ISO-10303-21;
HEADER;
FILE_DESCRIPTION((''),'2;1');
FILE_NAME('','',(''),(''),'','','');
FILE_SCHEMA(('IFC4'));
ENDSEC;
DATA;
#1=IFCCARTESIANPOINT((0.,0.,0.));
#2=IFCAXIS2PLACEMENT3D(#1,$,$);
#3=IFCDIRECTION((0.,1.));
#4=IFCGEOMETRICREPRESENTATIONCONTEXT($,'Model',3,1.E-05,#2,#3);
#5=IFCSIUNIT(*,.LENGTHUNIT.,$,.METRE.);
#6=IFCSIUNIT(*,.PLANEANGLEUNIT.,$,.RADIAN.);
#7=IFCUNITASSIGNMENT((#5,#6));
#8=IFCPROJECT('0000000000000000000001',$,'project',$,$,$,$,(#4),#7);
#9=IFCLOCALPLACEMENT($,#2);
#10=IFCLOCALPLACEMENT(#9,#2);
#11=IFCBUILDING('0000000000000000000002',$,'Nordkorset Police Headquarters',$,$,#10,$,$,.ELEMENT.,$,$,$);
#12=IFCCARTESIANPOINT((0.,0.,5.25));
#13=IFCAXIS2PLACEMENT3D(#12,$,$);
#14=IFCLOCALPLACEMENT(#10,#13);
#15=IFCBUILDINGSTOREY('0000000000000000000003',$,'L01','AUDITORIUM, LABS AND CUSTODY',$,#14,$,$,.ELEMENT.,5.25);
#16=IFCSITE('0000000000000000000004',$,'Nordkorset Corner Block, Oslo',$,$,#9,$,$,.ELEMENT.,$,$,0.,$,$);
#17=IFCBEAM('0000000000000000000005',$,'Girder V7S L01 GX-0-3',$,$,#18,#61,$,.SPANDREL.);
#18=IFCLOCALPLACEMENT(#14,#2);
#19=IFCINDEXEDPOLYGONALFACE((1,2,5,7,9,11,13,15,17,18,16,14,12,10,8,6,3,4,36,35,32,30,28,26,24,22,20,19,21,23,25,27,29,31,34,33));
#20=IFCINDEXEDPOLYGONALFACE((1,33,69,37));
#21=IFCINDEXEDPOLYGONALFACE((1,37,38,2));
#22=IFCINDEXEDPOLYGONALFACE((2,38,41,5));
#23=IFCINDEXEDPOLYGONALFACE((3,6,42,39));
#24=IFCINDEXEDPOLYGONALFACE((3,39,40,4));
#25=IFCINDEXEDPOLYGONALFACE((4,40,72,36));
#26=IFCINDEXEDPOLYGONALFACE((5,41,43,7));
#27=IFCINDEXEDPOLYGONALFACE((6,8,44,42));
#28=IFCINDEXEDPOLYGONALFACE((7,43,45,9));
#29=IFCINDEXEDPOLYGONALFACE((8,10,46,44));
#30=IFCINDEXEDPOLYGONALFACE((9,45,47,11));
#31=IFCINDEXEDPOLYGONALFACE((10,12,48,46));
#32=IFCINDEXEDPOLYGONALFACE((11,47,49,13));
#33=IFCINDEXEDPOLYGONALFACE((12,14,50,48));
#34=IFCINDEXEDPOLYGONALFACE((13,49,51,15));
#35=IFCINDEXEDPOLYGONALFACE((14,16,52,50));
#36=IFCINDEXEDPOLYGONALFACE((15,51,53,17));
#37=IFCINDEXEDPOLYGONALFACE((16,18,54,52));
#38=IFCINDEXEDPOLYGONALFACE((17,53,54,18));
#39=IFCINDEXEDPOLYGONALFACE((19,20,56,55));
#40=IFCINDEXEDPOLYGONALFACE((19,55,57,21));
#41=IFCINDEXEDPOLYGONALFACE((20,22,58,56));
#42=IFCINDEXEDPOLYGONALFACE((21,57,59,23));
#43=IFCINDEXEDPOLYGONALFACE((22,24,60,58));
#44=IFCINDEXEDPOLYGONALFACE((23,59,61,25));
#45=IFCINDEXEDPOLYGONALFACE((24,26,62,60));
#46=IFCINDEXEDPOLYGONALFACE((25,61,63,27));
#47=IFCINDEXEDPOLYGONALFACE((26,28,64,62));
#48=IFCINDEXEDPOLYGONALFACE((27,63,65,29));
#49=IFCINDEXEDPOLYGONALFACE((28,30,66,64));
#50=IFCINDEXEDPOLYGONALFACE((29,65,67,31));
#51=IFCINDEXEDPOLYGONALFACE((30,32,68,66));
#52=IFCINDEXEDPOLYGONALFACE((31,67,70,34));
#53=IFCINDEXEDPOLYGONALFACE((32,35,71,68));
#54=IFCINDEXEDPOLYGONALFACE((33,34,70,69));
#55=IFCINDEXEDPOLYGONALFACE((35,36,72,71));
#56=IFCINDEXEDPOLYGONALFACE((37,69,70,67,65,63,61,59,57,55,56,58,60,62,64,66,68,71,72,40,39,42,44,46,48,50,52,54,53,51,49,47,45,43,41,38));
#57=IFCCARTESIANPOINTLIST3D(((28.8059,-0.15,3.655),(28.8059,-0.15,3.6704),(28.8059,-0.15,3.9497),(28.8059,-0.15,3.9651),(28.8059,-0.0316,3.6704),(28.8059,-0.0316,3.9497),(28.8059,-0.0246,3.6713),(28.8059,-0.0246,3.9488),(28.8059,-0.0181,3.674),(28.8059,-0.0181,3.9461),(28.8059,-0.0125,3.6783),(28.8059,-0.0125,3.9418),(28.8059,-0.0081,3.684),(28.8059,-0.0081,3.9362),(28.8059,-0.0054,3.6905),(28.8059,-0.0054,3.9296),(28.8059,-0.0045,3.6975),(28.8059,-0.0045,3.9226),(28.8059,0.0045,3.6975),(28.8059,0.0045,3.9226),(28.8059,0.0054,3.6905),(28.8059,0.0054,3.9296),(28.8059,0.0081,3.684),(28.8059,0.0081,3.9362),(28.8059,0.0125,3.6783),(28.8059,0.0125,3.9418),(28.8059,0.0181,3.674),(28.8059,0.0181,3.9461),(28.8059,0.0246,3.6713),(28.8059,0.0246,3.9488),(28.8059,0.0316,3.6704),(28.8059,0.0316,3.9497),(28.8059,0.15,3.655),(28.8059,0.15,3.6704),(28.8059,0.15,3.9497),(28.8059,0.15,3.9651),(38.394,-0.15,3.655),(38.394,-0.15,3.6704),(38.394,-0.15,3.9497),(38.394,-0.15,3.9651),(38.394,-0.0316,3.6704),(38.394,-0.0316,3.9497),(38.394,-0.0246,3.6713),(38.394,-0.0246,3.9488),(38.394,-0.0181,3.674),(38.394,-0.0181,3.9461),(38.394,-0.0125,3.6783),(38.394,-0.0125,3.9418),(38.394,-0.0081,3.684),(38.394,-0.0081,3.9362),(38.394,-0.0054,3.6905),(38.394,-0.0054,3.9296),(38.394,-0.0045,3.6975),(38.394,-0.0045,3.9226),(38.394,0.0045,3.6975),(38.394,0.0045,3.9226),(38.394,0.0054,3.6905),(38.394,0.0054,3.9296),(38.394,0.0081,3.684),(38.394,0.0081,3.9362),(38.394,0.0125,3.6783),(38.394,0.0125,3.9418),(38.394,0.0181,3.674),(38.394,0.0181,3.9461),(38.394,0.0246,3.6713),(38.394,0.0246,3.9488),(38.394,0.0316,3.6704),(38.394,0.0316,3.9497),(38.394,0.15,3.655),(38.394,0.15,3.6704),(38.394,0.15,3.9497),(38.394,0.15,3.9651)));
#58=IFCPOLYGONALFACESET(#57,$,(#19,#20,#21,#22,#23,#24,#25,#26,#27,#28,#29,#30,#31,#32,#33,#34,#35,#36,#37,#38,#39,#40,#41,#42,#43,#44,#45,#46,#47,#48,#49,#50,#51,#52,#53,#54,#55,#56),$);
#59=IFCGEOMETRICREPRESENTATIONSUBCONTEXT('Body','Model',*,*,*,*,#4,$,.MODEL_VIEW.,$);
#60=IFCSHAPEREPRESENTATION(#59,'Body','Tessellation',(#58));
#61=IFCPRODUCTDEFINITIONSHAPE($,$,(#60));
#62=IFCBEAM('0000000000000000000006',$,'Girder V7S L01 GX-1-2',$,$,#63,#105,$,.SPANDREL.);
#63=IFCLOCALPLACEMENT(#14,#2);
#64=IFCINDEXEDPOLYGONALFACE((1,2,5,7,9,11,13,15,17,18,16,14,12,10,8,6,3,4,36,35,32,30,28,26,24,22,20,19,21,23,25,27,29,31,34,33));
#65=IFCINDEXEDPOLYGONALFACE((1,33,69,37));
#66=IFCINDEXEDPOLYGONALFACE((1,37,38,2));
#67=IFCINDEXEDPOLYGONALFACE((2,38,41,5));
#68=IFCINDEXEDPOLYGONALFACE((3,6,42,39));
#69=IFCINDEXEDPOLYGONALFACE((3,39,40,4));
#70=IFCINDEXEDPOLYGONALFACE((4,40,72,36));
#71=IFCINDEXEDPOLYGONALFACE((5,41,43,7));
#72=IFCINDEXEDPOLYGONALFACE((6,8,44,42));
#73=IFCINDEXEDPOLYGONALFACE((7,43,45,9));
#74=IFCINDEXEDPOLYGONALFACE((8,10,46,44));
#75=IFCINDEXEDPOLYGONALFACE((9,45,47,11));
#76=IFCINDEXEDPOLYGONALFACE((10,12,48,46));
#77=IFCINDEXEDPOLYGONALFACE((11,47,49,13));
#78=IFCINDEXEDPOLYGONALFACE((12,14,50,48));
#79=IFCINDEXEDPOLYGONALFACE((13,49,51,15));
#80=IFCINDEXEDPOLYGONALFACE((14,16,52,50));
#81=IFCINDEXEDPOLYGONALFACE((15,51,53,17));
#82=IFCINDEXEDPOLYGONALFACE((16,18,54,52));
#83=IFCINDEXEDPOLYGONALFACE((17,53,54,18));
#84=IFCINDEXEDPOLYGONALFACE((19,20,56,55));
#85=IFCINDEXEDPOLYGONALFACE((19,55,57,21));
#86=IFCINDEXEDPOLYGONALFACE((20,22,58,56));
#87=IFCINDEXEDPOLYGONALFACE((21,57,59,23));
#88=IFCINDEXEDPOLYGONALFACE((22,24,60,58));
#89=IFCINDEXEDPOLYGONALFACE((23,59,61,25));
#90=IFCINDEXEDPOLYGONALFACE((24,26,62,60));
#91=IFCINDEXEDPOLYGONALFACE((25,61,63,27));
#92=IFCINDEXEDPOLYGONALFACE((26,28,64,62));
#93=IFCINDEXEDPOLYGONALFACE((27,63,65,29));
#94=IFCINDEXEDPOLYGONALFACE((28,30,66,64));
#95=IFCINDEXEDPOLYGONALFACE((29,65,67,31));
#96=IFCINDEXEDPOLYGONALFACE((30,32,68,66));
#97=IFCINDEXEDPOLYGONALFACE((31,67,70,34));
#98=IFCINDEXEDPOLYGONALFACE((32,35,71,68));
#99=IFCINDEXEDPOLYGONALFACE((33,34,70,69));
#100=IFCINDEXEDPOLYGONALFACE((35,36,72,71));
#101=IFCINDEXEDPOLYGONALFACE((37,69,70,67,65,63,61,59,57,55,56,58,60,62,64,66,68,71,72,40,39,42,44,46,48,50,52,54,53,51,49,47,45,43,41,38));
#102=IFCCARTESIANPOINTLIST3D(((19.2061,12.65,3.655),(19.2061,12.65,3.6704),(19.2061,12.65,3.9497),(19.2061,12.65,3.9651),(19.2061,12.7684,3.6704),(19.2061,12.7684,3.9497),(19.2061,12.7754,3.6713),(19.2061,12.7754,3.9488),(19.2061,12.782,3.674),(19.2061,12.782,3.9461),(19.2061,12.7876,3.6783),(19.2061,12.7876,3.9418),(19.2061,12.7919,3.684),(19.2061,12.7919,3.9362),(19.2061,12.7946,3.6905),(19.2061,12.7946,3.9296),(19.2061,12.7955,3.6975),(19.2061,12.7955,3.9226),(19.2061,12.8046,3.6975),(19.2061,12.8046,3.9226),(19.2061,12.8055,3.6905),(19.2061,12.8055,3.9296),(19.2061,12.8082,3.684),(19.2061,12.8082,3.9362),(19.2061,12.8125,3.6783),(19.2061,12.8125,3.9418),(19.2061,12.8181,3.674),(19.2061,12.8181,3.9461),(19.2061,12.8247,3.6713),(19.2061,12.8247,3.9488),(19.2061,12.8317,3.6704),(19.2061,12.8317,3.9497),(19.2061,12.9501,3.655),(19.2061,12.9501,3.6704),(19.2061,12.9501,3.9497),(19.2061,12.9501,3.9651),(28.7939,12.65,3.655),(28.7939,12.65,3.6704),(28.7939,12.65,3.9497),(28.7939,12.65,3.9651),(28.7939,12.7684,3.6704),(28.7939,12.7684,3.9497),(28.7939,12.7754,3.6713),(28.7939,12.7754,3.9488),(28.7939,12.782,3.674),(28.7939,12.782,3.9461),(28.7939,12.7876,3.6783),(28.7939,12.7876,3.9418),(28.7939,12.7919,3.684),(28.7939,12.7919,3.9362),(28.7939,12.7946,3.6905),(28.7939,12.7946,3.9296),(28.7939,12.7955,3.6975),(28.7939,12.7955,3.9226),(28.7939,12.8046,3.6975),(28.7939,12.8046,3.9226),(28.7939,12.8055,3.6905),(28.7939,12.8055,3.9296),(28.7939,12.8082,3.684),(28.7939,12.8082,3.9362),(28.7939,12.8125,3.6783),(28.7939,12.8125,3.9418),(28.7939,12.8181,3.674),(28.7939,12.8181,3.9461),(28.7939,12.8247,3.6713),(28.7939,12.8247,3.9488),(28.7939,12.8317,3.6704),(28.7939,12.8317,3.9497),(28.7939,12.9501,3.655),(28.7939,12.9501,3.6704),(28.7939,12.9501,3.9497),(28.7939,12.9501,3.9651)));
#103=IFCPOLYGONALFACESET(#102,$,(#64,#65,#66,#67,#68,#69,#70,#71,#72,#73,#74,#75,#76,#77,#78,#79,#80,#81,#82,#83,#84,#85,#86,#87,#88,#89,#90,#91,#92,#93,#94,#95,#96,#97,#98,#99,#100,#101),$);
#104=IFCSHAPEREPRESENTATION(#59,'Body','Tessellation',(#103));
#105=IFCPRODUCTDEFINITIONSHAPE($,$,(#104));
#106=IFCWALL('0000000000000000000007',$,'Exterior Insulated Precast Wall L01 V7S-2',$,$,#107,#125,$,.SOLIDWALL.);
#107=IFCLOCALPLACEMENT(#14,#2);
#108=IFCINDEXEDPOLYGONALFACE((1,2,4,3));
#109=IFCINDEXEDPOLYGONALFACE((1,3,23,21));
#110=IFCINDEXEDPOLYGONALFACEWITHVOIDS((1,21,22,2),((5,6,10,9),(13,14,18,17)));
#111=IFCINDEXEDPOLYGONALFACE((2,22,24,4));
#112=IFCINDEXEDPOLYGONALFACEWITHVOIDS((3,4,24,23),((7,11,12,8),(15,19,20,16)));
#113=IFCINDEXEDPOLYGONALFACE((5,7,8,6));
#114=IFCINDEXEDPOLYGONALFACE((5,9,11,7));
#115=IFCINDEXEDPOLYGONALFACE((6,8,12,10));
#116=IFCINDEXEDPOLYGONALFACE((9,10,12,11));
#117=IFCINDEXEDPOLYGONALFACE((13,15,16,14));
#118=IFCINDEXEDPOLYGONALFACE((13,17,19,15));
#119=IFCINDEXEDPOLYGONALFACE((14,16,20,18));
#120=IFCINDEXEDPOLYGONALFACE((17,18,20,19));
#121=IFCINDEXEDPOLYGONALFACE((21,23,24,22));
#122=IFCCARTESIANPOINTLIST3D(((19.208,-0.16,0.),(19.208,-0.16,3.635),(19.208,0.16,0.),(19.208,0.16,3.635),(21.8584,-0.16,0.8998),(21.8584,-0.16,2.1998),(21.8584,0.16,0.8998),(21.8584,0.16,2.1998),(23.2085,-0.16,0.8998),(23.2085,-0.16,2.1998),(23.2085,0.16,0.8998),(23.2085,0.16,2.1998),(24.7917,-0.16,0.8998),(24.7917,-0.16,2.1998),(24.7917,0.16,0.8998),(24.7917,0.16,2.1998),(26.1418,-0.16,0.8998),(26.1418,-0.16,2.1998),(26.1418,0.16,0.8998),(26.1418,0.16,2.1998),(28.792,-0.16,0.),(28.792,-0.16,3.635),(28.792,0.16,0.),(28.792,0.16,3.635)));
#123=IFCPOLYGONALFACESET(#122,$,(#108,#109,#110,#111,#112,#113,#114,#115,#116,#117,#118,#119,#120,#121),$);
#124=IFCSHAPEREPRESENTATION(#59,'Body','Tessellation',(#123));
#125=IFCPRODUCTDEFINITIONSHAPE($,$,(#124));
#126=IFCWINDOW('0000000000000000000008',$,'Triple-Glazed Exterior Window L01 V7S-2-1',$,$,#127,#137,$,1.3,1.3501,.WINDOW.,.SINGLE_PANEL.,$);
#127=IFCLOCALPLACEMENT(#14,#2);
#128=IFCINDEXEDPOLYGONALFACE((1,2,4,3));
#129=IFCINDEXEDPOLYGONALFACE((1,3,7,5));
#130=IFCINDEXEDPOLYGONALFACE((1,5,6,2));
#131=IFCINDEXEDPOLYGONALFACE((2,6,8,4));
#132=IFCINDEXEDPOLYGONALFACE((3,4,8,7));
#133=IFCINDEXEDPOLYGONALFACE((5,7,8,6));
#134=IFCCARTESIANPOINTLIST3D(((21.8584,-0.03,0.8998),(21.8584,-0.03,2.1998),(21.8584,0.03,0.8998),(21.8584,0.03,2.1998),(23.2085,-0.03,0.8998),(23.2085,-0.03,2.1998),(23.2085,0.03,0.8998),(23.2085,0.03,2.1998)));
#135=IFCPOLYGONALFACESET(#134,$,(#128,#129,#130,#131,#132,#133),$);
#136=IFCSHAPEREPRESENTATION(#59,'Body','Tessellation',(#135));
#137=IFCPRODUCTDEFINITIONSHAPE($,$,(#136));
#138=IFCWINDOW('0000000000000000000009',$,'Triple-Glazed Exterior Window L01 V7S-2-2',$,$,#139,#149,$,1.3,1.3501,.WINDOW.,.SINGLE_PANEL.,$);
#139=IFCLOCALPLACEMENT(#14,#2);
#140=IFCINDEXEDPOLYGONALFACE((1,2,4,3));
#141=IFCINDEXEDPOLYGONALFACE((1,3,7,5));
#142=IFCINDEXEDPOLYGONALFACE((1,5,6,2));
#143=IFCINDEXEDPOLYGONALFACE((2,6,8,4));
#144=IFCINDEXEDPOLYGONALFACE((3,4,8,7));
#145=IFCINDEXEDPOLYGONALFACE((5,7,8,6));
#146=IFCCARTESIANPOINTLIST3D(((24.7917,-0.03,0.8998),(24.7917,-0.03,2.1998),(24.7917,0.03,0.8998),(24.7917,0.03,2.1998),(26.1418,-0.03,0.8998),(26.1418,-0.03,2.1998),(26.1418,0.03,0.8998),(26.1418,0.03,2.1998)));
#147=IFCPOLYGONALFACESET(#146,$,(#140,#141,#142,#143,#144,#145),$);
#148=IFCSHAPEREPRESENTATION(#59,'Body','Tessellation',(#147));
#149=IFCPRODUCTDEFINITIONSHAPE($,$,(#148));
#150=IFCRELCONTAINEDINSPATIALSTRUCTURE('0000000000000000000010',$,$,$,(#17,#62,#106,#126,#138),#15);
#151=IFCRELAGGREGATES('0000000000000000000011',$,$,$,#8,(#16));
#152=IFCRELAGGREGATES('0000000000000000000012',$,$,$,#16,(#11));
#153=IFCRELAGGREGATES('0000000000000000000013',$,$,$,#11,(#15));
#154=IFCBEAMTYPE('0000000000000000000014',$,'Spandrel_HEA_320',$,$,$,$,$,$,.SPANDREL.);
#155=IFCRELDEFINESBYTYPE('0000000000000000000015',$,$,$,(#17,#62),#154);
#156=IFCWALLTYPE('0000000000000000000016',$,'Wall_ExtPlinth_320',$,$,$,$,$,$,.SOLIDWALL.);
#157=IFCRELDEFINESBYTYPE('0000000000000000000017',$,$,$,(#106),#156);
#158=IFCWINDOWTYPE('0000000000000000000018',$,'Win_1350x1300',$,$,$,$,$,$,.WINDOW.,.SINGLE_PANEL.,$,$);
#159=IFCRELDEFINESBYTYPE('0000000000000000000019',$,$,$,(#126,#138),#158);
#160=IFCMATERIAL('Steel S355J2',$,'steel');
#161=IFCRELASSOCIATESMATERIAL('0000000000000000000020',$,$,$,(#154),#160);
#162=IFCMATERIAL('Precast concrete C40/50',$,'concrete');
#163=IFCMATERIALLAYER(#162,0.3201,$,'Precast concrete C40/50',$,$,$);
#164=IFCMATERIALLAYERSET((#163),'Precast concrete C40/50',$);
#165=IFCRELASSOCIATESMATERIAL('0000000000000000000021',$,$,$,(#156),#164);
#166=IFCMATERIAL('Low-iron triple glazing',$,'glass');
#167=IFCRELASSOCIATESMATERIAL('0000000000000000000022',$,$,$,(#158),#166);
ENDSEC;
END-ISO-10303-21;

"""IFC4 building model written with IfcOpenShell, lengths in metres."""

from ifc_helpers import new_model, si_unit, direction, frame, frame_2d, origin, origin_2d, place, context, subcontext, project, spatial, rectangle, i_section, extrude, material, layer, layer_set, material_profile, profile_set, type_object, element, fill, save


model = new_model("IFC4")

# Units and contexts
model_context = context("Model", 3, precision=1e-05, world=origin(), true_north=direction((0.0, 1.0)))
body_context = subcontext(model_context, "Body", "Model", "MODEL_VIEW")
ifc_project = project(units=[si_unit("LENGTHUNIT", "METRE"), si_unit("PLANEANGLEUNIT", "RADIAN")], contexts=[model_context])

# Site, building, storey
site_placement = place(None, origin())
site = spatial("IfcSite", under=ifc_project, at=site_placement, Name="Nordkorset Corner Block, Oslo", CompositionType="ELEMENT", RefElevation=0.0)
building_placement = place(site_placement, origin())
building = spatial("IfcBuilding", under=site, at=building_placement, Name="Nordkorset Police Headquarters", CompositionType="ELEMENT")
storey_placement = place(building_placement, frame((0.0, 0.0, 5.25)))
storey = spatial("IfcBuildingStorey", under=building, at=storey_placement, Name="L01", Description="AUDITORIUM, LABS AND CUSTODY", CompositionType="ELEMENT", Elevation=5.25)

# Beams
ifc_material_1 = material(Name="Steel S355J2", Category="steel")
ifc_material_profile_1 = material_profile(ifc_material_1, i_section(OverallWidth=0.3, OverallDepth=0.3101, WebThickness=0.009, FlangeThickness=0.0154, FilletRadius=0.0271, at=origin_2d()), Name="HEA 320")
ifc_profile_set_1 = profile_set([ifc_material_profile_1], Name="Steel S355J2")
beam_type_1 = type_object("IfcBeamType", Name="Spandrel_HEA_320", PredefinedType="SPANDREL", material=ifc_profile_set_1)
beam_1_placement = place(storey_placement, frame((28.8059, 0.0, 3.8101), z_axis=(1.0, 0.0, 0.0), x_axis=(0.0, 1.0, 0.0)))
element("IfcBeam", 1, at=beam_1_placement, inside=storey, type_object=beam_type_1, Name="Girder V7S L01 GX-0-3", PredefinedType="SPANDREL", context=body_context, shape_type="SweptSolid", body=[
    extrude(i_section(OverallWidth=0.3, OverallDepth=0.3101, WebThickness=0.009, FlangeThickness=0.0154, FilletRadius=0.0271, at=origin_2d()), origin(), (0.0, 0.0, 1.0), 9.5881),
])
beam_2_placement = place(storey_placement, frame((19.2061, 12.8, 3.8101), z_axis=(1.0, 0.0, 0.0), x_axis=(0.0, 1.0, 0.0)))
element("IfcBeam", 2, at=beam_2_placement, inside=storey, type_object=beam_type_1, Name="Girder V7S L01 GX-1-2", PredefinedType="SPANDREL", context=body_context, shape_type="SweptSolid", body=[
    extrude(i_section(OverallWidth=0.3, OverallDepth=0.3101, WebThickness=0.009, FlangeThickness=0.0154, FilletRadius=0.0271, at=origin_2d()), origin(), (0.0, 0.0, 1.0), 9.5879),
])

# Wall, openings, windows
ifc_material_2 = material(Name="Precast concrete C40/50", Category="concrete")
ifc_layer = layer(ifc_material_2, 0.3201, Name="Precast concrete C40/50")
ifc_layer_set = layer_set([ifc_layer], Name="Precast concrete C40/50")
wall_type = type_object("IfcWallType", Name="Wall_ExtPlinth_320", PredefinedType="SOLIDWALL", material=ifc_layer_set)
wall_1_placement = place(storey_placement, frame((19.208, 0.0, 0.0), z_axis=(0.0, 0.0, 1.0), x_axis=(1.0, 0.0, 0.0)))
wall_1 = element("IfcWall", 3, at=wall_1_placement, inside=storey, type_object=wall_type, Name="Exterior Insulated Precast Wall L01 V7S-2", PredefinedType="SOLIDWALL", context=body_context, shape_type="SweptSolid", body=[
    extrude(rectangle(XDim=9.584, YDim=0.3201, at=frame_2d((4.792, 0.0))), origin(), (0.0, 0.0, 1.0), 3.635),
])
opening_1_placement = place(wall_1_placement, frame((2.6504, 0.0, 0.8999)))
opening_1 = element("IfcOpeningElement", 4, at=opening_1_placement, cuts=wall_1, PredefinedType="OPENING", context=body_context, shape_type="SweptSolid", body=[
    extrude(rectangle(XDim=1.3501, YDim=1.3, at=frame_2d((0.675, 0.6499))), frame((0.0, 0.1699, 0.0), z_axis=(0.0, -1.0, 0.0), x_axis=(1.0, 0.0, 0.0)), (0.0, 0.0, 1.0), 0.3401),
])
opening_2_placement = place(wall_1_placement, frame((5.5837, 0.0, 0.8999)))
opening_2 = element("IfcOpeningElement", 5, at=opening_2_placement, cuts=wall_1, PredefinedType="OPENING", context=body_context, shape_type="SweptSolid", body=[
    extrude(rectangle(XDim=1.3501, YDim=1.3, at=frame_2d((0.675, 0.6499))), frame((0.0, 0.1699, 0.0), z_axis=(0.0, -1.0, 0.0), x_axis=(1.0, 0.0, 0.0)), (0.0, 0.0, 1.0), 0.3401),
])
ifc_material_3 = material(Name="Low-iron triple glazing", Category="glass")
window_type_1 = type_object("IfcWindowType", Name="Win_1350x1300", PartitioningType="SINGLE_PANEL", PredefinedType="WINDOW", material=ifc_material_3)
window_1_placement = place(opening_1_placement, origin())
window_1 = element("IfcWindow", 6, at=window_1_placement, inside=storey, type_object=window_type_1, Name="Triple-Glazed Exterior Window L01 V7S-2-1", OverallHeight=1.3, OverallWidth=1.3501, PartitioningType="SINGLE_PANEL", PredefinedType="WINDOW", context=body_context, shape_type="SweptSolid", body=[
    extrude(rectangle(XDim=1.3501, YDim=1.3, at=frame_2d((0.675, 0.6499))), frame((0.0, 0.03, 0.0), z_axis=(0.0, -1.0, 0.0), x_axis=(1.0, 0.0, 0.0)), (0.0, 0.0, 1.0), 0.0601),
])
fill(opening_1, window_1)
window_2_placement = place(opening_2_placement, origin())
window_2 = element("IfcWindow", 7, at=window_2_placement, inside=storey, type_object=window_type_1, Name="Triple-Glazed Exterior Window L01 V7S-2-2", OverallHeight=1.3, OverallWidth=1.3501, PartitioningType="SINGLE_PANEL", PredefinedType="WINDOW", context=body_context, shape_type="SweptSolid", body=[
    extrude(rectangle(XDim=1.3501, YDim=1.3, at=frame_2d((0.675, 0.6499))), frame((0.0, 0.03, 0.0), z_axis=(0.0, -1.0, 0.0), x_axis=(1.0, 0.0, 0.0)), (0.0, 0.0, 1.0), 0.0601),
])
fill(opening_2, window_2)

save(model, "model.ifc")
